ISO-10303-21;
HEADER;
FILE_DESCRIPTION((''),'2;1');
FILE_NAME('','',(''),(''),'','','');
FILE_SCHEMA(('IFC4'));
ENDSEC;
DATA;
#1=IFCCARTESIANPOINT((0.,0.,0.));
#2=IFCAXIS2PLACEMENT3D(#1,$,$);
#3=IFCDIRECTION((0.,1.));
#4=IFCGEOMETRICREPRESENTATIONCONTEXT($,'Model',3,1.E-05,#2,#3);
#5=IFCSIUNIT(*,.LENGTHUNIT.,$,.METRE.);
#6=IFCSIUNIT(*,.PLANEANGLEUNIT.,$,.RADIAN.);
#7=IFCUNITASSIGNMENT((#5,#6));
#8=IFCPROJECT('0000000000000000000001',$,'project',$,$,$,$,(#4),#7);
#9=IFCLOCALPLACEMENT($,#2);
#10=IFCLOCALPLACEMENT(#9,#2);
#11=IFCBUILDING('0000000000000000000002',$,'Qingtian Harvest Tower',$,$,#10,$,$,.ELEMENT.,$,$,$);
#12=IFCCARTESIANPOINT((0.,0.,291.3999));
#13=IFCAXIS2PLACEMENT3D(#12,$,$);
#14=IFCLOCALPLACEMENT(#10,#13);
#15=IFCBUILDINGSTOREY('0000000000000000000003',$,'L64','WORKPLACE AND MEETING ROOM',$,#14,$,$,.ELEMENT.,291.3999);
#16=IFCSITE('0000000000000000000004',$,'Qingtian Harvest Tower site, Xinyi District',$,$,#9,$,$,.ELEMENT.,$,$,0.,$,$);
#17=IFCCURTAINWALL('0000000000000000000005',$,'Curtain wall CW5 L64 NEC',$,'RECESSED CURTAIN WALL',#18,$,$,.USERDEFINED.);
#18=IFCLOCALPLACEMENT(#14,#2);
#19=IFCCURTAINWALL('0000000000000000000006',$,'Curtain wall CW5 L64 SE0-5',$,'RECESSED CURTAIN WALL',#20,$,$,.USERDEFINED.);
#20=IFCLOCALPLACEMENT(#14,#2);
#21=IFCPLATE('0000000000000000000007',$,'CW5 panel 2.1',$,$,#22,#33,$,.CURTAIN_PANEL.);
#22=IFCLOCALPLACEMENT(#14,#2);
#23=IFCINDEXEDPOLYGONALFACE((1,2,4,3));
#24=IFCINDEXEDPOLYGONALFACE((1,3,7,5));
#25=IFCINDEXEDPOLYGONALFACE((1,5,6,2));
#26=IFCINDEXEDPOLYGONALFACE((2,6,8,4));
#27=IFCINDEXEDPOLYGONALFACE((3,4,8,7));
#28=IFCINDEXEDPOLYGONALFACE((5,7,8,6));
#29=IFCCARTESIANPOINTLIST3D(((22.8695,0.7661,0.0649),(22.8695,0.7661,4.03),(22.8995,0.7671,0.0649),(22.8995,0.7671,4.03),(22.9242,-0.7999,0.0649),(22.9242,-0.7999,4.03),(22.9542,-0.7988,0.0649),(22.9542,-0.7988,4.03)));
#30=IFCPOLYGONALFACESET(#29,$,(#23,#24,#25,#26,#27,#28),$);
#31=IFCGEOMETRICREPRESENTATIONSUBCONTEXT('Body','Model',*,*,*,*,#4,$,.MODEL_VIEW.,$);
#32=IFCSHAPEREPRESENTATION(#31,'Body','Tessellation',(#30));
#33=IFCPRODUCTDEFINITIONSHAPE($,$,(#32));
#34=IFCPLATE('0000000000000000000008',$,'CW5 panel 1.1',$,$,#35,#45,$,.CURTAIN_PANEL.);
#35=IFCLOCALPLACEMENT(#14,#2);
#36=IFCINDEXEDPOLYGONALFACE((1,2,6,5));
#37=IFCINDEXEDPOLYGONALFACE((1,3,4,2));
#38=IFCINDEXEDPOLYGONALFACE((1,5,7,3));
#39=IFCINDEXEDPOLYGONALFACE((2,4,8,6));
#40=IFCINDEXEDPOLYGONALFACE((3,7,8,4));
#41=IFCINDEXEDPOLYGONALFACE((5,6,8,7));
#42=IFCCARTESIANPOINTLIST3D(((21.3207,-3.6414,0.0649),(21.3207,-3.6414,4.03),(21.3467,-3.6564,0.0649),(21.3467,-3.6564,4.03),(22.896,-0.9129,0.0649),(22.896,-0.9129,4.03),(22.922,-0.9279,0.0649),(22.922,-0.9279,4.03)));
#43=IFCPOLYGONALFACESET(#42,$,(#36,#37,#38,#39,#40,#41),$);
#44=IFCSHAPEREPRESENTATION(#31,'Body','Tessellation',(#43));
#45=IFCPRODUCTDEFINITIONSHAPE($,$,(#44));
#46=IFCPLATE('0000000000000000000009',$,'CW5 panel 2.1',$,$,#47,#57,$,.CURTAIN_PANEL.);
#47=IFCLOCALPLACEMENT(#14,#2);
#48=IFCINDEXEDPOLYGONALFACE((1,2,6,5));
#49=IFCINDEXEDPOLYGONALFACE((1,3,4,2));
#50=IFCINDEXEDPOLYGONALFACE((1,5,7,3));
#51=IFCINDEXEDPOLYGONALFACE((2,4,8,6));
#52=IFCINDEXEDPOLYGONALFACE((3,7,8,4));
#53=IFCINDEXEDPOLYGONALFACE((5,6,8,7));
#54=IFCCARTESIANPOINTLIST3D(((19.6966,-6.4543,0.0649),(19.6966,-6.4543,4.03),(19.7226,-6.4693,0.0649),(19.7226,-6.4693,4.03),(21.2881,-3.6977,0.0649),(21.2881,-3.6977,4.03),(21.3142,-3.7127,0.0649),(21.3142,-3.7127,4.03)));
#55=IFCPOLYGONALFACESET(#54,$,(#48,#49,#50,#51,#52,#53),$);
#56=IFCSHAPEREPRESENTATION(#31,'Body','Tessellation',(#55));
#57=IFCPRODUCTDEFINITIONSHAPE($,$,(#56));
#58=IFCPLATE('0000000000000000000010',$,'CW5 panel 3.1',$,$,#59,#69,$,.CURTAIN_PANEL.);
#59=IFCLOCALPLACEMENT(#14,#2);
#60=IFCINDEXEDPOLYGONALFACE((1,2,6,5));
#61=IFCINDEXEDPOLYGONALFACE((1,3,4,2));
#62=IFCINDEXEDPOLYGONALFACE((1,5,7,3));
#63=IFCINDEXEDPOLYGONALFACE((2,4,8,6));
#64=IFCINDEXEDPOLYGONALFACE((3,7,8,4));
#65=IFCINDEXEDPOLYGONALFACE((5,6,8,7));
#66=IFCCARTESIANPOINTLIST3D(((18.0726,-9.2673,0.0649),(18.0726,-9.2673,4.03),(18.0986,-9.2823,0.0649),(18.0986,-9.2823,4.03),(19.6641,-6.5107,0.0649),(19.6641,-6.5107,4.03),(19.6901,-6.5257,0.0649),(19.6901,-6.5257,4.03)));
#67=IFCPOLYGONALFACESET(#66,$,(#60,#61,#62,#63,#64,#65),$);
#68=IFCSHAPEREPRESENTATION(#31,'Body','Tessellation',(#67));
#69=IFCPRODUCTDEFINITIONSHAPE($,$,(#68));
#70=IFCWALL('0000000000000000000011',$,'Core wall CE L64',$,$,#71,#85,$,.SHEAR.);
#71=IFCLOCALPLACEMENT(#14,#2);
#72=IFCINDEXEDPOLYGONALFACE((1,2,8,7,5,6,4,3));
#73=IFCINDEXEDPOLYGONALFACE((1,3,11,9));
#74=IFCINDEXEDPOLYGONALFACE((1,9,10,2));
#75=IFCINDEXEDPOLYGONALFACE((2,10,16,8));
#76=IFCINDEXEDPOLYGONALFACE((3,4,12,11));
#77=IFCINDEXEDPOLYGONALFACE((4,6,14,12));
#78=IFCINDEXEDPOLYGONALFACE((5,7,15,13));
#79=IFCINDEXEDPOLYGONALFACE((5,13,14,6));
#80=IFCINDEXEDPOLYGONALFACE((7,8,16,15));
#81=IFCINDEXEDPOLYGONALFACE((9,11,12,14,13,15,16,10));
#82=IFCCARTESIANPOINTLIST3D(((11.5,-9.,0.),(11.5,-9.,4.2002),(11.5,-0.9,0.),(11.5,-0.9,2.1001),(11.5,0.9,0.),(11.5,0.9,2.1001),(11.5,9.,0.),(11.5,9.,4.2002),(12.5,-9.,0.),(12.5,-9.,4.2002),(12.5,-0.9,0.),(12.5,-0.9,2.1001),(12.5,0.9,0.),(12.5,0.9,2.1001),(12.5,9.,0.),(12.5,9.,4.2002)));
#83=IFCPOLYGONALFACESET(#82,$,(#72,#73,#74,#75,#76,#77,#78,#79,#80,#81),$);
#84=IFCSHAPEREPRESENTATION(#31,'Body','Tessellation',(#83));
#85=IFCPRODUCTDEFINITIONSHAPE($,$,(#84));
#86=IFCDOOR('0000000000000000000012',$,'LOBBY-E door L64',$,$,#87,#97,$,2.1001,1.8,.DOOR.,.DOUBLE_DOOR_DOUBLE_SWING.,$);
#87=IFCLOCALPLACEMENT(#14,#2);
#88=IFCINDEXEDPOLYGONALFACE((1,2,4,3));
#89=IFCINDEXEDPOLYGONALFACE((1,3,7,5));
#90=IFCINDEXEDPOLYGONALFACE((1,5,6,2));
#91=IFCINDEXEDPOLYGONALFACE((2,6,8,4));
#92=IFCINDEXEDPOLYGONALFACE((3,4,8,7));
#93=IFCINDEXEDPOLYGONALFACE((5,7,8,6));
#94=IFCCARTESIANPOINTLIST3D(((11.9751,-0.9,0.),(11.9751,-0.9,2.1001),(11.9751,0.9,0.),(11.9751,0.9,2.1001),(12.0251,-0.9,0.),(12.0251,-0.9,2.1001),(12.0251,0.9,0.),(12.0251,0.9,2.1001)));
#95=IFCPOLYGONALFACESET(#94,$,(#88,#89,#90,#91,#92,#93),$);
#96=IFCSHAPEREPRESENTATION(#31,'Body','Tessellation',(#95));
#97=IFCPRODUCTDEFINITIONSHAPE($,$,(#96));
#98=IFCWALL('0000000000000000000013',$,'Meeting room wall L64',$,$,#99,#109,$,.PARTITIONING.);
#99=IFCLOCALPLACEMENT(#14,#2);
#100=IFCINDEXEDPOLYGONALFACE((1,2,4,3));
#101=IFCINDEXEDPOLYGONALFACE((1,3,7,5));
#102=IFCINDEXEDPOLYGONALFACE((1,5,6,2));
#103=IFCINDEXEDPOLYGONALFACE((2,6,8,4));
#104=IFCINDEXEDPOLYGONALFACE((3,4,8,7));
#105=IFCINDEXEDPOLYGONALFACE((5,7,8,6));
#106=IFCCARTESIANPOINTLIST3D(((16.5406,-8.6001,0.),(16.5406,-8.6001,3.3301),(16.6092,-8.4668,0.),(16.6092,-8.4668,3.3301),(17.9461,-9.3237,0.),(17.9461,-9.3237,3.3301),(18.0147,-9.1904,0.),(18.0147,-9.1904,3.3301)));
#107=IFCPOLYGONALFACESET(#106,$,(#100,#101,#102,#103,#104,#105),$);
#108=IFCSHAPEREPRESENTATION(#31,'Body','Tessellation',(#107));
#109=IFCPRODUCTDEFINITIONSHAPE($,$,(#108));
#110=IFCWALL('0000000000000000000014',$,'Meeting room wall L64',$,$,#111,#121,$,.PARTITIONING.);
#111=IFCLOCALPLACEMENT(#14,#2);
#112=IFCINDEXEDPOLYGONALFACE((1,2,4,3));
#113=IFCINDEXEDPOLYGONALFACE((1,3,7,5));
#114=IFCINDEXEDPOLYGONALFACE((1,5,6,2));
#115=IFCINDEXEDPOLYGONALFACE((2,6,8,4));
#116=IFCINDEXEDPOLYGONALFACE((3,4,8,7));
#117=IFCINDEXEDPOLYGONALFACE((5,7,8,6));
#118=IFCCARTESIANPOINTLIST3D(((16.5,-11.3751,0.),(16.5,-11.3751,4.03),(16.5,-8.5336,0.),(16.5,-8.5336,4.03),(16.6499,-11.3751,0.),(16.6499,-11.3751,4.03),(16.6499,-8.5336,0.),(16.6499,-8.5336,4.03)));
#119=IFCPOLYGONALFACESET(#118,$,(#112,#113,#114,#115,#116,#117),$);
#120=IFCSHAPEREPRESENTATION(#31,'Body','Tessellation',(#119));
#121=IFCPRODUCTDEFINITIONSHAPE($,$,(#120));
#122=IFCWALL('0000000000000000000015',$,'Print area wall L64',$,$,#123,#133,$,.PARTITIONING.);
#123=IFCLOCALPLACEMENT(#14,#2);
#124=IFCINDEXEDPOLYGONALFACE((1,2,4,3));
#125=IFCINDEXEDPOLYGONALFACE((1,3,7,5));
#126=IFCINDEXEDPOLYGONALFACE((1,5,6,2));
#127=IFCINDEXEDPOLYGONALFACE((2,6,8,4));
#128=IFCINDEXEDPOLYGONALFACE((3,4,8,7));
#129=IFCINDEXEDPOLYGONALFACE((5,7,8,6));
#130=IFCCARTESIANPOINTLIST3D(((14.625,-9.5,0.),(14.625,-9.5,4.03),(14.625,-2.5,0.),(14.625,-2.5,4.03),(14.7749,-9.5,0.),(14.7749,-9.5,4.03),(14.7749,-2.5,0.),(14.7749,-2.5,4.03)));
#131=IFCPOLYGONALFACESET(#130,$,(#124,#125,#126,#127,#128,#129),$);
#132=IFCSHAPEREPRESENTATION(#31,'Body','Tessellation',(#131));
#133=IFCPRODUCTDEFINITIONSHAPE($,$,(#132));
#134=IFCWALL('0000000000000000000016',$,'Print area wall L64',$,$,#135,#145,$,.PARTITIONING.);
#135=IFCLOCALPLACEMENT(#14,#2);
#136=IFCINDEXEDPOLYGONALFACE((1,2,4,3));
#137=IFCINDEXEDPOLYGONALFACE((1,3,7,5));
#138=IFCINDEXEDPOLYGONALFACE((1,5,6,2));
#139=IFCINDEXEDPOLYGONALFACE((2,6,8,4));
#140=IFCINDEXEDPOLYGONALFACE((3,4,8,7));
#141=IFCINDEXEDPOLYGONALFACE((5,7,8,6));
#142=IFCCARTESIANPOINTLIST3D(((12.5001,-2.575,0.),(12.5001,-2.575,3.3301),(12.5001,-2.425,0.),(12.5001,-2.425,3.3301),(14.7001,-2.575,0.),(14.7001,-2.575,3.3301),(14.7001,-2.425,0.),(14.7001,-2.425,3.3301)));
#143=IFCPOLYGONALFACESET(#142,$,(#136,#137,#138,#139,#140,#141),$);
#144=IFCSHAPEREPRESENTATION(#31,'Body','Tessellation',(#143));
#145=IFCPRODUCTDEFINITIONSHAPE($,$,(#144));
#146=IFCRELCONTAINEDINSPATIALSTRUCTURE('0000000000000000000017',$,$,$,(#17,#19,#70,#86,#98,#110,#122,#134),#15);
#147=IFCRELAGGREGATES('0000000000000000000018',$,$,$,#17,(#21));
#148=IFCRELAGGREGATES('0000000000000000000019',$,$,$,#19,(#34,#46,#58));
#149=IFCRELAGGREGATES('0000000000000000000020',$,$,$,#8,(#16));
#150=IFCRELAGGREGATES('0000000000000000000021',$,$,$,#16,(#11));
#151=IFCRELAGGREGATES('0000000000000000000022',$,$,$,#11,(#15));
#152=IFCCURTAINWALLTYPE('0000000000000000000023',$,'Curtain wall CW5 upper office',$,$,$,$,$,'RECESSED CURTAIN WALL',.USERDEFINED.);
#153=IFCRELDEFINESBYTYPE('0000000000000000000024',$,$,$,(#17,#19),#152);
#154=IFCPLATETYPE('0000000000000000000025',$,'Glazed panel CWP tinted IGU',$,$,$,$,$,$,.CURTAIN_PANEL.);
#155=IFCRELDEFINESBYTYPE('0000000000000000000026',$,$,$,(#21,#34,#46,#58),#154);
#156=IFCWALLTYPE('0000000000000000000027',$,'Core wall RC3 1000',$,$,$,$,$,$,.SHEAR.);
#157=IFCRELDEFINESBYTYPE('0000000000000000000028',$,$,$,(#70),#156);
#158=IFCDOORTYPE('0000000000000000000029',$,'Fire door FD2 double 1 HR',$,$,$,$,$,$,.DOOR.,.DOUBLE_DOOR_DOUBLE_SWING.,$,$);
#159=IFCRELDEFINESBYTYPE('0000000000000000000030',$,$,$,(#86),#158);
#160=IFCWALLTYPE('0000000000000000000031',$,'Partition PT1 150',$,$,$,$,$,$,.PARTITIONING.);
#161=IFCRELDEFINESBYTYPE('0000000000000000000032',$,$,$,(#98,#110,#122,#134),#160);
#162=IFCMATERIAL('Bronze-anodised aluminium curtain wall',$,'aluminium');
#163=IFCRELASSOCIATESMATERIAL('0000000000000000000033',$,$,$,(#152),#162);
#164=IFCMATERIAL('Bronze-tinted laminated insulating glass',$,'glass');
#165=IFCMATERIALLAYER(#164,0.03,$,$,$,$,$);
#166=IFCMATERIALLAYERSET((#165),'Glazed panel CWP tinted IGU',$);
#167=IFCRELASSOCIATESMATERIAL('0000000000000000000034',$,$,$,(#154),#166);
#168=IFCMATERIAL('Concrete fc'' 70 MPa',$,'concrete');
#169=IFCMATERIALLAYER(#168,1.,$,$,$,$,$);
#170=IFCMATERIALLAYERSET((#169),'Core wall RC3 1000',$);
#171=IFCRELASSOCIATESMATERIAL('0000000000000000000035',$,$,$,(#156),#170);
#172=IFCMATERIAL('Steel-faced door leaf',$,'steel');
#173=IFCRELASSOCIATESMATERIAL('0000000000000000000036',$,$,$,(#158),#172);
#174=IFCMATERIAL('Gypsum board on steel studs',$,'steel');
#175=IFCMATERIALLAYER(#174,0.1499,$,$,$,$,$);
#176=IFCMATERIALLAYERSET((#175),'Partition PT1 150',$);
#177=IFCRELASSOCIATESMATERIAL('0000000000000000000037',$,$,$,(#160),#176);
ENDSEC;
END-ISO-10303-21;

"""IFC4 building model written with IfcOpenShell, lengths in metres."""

from ifc_helpers import new_model, si_unit, direction, frame, frame_2d, origin, origin_2d, place, context, subcontext, project, spatial, rectangle, extrude, material, layer, layer_set, type_object, element, fill, aggregate, save


model = new_model("IFC4")

# Units and contexts
model_context = context("Model", 3, precision=1e-05, world=origin(), true_north=direction((0.0, 1.0)))
body_context = subcontext(model_context, "Body", "Model", "MODEL_VIEW")
ifc_project = project(units=[si_unit("LENGTHUNIT", "METRE"), si_unit("PLANEANGLEUNIT", "RADIAN")], contexts=[model_context])

# Site, building, storey
site_placement = place(None, origin())
site = spatial("IfcSite", under=ifc_project, at=site_placement, Name="Qingtian Harvest Tower site, Xinyi District", CompositionType="ELEMENT", RefElevation=0.0)
building_placement = place(site_placement, origin())
building = spatial("IfcBuilding", under=site, at=building_placement, Name="Qingtian Harvest Tower", CompositionType="ELEMENT")
storey_placement = place(building_placement, frame((0.0, 0.0, 291.3999)))
storey = spatial("IfcBuildingStorey", under=building, at=storey_placement, Name="L64", Description="WORKPLACE AND MEETING ROOM", CompositionType="ELEMENT", Elevation=291.3999)

# Curtain wall
ifc_material_1 = material(Name="Bronze-anodised aluminium curtain wall", Category="aluminium")
curtain_wall_type = type_object("IfcCurtainWallType", Name="Curtain wall CW5 upper office", ElementType="RECESSED CURTAIN WALL", PredefinedType="USERDEFINED", material=ifc_material_1)
curtain_wall_1_placement = place(storey_placement, origin())
curtain_wall_1 = element("IfcCurtainWall", 1, at=curtain_wall_1_placement, inside=storey, type_object=curtain_wall_type, Name="Curtain wall CW5 L64 NEC", ObjectType="RECESSED CURTAIN WALL", PredefinedType="USERDEFINED")

# Curtain wall
curtain_wall_2_placement = place(storey_placement, origin())
curtain_wall_2 = element("IfcCurtainWall", 2, at=curtain_wall_2_placement, inside=storey, type_object=curtain_wall_type, Name="Curtain wall CW5 L64 SE0-5", ObjectType="RECESSED CURTAIN WALL", PredefinedType="USERDEFINED")

# Plates
ifc_material_2 = material(Name="Bronze-tinted laminated insulating glass", Category="glass")
ifc_layer_1 = layer(ifc_material_2, 0.03)
ifc_layer_set_1 = layer_set([ifc_layer_1], Name="Glazed panel CWP tinted IGU")
plate_type = type_object("IfcPlateType", Name="Glazed panel CWP tinted IGU", PredefinedType="CURTAIN_PANEL", material=ifc_layer_set_1)
plate_1_placement = place(storey_placement, frame((22.9119, -0.0164, 0.0649), z_axis=(0.0, 0.0, 1.0), x_axis=(0.034899, -0.999391, 0.0)))
plate_1 = element("IfcPlate", 3, at=plate_1_placement, type_object=plate_type, Name="CW5 panel 2.1", PredefinedType="CURTAIN_PANEL", context=body_context, shape_type="SweptSolid", body=[
    extrude(rectangle(XDim=1.5669, YDim=0.03, at=origin_2d()), origin(), (0.0, 0.0, 1.0), 3.9651),
])
aggregate(curtain_wall_1, [plate_1])
plate_2_placement = place(storey_placement, frame((22.1213, -2.2847, 0.0649), z_axis=(0.0, 0.0, 1.0), x_axis=(-0.5, -0.866025, 0.0)))
plate_2 = element("IfcPlate", 4, at=plate_2_placement, type_object=plate_type, Name="CW5 panel 1.1", PredefinedType="CURTAIN_PANEL", context=body_context, shape_type="SweptSolid", body=[
    extrude(rectangle(XDim=3.1506, YDim=0.03, at=origin_2d()), origin(), (0.0, 0.0, 1.0), 3.9651),
])
plate_3_placement = place(storey_placement, frame((20.5054, -5.0835, 0.0649), z_axis=(0.0, 0.0, 1.0), x_axis=(-0.5, -0.866025, 0.0)))
plate_3 = element("IfcPlate", 5, at=plate_3_placement, type_object=plate_type, Name="CW5 panel 2.1", PredefinedType="CURTAIN_PANEL", context=body_context, shape_type="SweptSolid", body=[
    extrude(rectangle(XDim=3.1831, YDim=0.03, at=origin_2d()), origin(), (0.0, 0.0, 1.0), 3.9651),
])
plate_4_placement = place(storey_placement, frame((18.8813, -7.8965, 0.0649), z_axis=(0.0, 0.0, 1.0), x_axis=(-0.5, -0.866025, 0.0)))
plate_4 = element("IfcPlate", 6, at=plate_4_placement, type_object=plate_type, Name="CW5 panel 3.1", PredefinedType="CURTAIN_PANEL", context=body_context, shape_type="SweptSolid", body=[
    extrude(rectangle(XDim=3.1831, YDim=0.03, at=origin_2d()), origin(), (0.0, 0.0, 1.0), 3.9651),
])
aggregate(curtain_wall_2, [plate_2, plate_3, plate_4])

# Wall, opening, door
ifc_material_3 = material(Name="Concrete fc' 70 MPa", Category="concrete")
ifc_layer_2 = layer(ifc_material_3, 1.0)
ifc_layer_set_2 = layer_set([ifc_layer_2], Name="Core wall RC3 1000")
wall_type_1 = type_object("IfcWallType", Name="Core wall RC3 1000", PredefinedType="SHEAR", material=ifc_layer_set_2)
wall_1_placement = place(storey_placement, frame((12.0, -9.0, 0.0), z_axis=(0.0, 0.0, 1.0), x_axis=(0.0, 1.0, 0.0)))
wall_1 = element("IfcWall", 7, at=wall_1_placement, inside=storey, type_object=wall_type_1, Name="Core wall CE L64", PredefinedType="SHEAR", context=body_context, shape_type="SweptSolid", body=[
    extrude(rectangle(XDim=18.0, YDim=1.0, at=frame_2d((9.0, 0.0))), origin(), (0.0, 0.0, 1.0), 4.2002),
])
opening_placement = place(wall_1_placement, frame((8.1001, 0.0, 0.0)))
opening = element("IfcOpeningElement", 8, at=opening_placement, cuts=wall_1, PredefinedType="OPENING", context=body_context, shape_type="SweptSolid", body=[
    extrude(rectangle(XDim=1.8, YDim=2.1001, at=frame_2d((0.8999, 1.05))), frame((0.0, 0.51, 0.0), z_axis=(0.0, -1.0, 0.0), x_axis=(1.0, 0.0, 0.0)), (0.0, 0.0, 1.0), 1.02),
])
ifc_material_4 = material(Name="Steel-faced door leaf", Category="steel")
door_type = type_object("IfcDoorType", Name="Fire door FD2 double 1 HR", OperationType="DOUBLE_DOOR_DOUBLE_SWING", PredefinedType="DOOR", material=ifc_material_4)
door_placement = place(opening_placement, origin())
door = element("IfcDoor", 9, at=door_placement, inside=storey, type_object=door_type, Name="LOBBY-E door L64", OperationType="DOUBLE_DOOR_DOUBLE_SWING", OverallHeight=2.1001, OverallWidth=1.8, PredefinedType="DOOR", context=body_context, shape_type="SweptSolid", body=[
    extrude(rectangle(XDim=1.8, YDim=2.1001, at=frame_2d((0.8999, 1.05))), frame((0.0, 0.0249, 0.0), z_axis=(0.0, -1.0, 0.0), x_axis=(1.0, 0.0, 0.0)), (0.0, 0.0, 1.0), 0.05),
])
fill(opening, door)

# Walls
ifc_material_5 = material(Name="Gypsum board on steel studs", Category="steel")
ifc_layer_3 = layer(ifc_material_5, 0.1499)
ifc_layer_set_3 = layer_set([ifc_layer_3], Name="Partition PT1 150")
wall_type_2 = type_object("IfcWallType", Name="Partition PT1 150", PredefinedType="PARTITIONING", material=ifc_layer_set_3)
wall_2_placement = place(storey_placement, frame((17.9805, -9.2571, 0.0), z_axis=(0.0, 0.0, 1.0), x_axis=(-0.889083, 0.457746, 0.0)))
element("IfcWall", 10, at=wall_2_placement, inside=storey, type_object=wall_type_2, Name="Meeting room wall L64", PredefinedType="PARTITIONING", context=body_context, shape_type="SweptSolid", body=[
    extrude(rectangle(XDim=1.5808, YDim=0.1499, at=frame_2d((0.7905, 0.0))), origin(), (0.0, 0.0, 1.0), 3.3301),
])
wall_3_placement = place(storey_placement, frame((16.575, -8.5334, 0.0), z_axis=(0.0, 0.0, 1.0), x_axis=(0.0, -1.0, 0.0)))
element("IfcWall", 11, at=wall_3_placement, inside=storey, type_object=wall_type_2, Name="Meeting room wall L64", PredefinedType="PARTITIONING", context=body_context, shape_type="SweptSolid", body=[
    extrude(rectangle(XDim=2.8416, YDim=0.1499, at=frame_2d((1.4209, 0.0))), origin(), (0.0, 0.0, 1.0), 4.03),
])
wall_4_placement = place(storey_placement, frame((14.7, -9.5, 0.0), z_axis=(0.0, 0.0, 1.0), x_axis=(0.0, 1.0, 0.0)))
element("IfcWall", 12, at=wall_4_placement, inside=storey, type_object=wall_type_2, Name="Print area wall L64", PredefinedType="PARTITIONING", context=body_context, shape_type="SweptSolid", body=[
    extrude(rectangle(XDim=7.0, YDim=0.1499, at=frame_2d((3.5, 0.0))), origin(), (0.0, 0.0, 1.0), 4.03),
])
wall_5_placement = place(storey_placement, frame((12.5, -2.5, 0.0), z_axis=(0.0, 0.0, 1.0), x_axis=(1.0, 0.0, 0.0)))
element("IfcWall", 13, at=wall_5_placement, inside=storey, type_object=wall_type_2, Name="Print area wall L64", PredefinedType="PARTITIONING", context=body_context, shape_type="SweptSolid", body=[
    extrude(rectangle(XDim=2.2, YDim=0.1499, at=frame_2d((1.1001, 0.0))), origin(), (0.0, 0.0, 1.0), 3.3301),
])

save(model, "model.ifc")
